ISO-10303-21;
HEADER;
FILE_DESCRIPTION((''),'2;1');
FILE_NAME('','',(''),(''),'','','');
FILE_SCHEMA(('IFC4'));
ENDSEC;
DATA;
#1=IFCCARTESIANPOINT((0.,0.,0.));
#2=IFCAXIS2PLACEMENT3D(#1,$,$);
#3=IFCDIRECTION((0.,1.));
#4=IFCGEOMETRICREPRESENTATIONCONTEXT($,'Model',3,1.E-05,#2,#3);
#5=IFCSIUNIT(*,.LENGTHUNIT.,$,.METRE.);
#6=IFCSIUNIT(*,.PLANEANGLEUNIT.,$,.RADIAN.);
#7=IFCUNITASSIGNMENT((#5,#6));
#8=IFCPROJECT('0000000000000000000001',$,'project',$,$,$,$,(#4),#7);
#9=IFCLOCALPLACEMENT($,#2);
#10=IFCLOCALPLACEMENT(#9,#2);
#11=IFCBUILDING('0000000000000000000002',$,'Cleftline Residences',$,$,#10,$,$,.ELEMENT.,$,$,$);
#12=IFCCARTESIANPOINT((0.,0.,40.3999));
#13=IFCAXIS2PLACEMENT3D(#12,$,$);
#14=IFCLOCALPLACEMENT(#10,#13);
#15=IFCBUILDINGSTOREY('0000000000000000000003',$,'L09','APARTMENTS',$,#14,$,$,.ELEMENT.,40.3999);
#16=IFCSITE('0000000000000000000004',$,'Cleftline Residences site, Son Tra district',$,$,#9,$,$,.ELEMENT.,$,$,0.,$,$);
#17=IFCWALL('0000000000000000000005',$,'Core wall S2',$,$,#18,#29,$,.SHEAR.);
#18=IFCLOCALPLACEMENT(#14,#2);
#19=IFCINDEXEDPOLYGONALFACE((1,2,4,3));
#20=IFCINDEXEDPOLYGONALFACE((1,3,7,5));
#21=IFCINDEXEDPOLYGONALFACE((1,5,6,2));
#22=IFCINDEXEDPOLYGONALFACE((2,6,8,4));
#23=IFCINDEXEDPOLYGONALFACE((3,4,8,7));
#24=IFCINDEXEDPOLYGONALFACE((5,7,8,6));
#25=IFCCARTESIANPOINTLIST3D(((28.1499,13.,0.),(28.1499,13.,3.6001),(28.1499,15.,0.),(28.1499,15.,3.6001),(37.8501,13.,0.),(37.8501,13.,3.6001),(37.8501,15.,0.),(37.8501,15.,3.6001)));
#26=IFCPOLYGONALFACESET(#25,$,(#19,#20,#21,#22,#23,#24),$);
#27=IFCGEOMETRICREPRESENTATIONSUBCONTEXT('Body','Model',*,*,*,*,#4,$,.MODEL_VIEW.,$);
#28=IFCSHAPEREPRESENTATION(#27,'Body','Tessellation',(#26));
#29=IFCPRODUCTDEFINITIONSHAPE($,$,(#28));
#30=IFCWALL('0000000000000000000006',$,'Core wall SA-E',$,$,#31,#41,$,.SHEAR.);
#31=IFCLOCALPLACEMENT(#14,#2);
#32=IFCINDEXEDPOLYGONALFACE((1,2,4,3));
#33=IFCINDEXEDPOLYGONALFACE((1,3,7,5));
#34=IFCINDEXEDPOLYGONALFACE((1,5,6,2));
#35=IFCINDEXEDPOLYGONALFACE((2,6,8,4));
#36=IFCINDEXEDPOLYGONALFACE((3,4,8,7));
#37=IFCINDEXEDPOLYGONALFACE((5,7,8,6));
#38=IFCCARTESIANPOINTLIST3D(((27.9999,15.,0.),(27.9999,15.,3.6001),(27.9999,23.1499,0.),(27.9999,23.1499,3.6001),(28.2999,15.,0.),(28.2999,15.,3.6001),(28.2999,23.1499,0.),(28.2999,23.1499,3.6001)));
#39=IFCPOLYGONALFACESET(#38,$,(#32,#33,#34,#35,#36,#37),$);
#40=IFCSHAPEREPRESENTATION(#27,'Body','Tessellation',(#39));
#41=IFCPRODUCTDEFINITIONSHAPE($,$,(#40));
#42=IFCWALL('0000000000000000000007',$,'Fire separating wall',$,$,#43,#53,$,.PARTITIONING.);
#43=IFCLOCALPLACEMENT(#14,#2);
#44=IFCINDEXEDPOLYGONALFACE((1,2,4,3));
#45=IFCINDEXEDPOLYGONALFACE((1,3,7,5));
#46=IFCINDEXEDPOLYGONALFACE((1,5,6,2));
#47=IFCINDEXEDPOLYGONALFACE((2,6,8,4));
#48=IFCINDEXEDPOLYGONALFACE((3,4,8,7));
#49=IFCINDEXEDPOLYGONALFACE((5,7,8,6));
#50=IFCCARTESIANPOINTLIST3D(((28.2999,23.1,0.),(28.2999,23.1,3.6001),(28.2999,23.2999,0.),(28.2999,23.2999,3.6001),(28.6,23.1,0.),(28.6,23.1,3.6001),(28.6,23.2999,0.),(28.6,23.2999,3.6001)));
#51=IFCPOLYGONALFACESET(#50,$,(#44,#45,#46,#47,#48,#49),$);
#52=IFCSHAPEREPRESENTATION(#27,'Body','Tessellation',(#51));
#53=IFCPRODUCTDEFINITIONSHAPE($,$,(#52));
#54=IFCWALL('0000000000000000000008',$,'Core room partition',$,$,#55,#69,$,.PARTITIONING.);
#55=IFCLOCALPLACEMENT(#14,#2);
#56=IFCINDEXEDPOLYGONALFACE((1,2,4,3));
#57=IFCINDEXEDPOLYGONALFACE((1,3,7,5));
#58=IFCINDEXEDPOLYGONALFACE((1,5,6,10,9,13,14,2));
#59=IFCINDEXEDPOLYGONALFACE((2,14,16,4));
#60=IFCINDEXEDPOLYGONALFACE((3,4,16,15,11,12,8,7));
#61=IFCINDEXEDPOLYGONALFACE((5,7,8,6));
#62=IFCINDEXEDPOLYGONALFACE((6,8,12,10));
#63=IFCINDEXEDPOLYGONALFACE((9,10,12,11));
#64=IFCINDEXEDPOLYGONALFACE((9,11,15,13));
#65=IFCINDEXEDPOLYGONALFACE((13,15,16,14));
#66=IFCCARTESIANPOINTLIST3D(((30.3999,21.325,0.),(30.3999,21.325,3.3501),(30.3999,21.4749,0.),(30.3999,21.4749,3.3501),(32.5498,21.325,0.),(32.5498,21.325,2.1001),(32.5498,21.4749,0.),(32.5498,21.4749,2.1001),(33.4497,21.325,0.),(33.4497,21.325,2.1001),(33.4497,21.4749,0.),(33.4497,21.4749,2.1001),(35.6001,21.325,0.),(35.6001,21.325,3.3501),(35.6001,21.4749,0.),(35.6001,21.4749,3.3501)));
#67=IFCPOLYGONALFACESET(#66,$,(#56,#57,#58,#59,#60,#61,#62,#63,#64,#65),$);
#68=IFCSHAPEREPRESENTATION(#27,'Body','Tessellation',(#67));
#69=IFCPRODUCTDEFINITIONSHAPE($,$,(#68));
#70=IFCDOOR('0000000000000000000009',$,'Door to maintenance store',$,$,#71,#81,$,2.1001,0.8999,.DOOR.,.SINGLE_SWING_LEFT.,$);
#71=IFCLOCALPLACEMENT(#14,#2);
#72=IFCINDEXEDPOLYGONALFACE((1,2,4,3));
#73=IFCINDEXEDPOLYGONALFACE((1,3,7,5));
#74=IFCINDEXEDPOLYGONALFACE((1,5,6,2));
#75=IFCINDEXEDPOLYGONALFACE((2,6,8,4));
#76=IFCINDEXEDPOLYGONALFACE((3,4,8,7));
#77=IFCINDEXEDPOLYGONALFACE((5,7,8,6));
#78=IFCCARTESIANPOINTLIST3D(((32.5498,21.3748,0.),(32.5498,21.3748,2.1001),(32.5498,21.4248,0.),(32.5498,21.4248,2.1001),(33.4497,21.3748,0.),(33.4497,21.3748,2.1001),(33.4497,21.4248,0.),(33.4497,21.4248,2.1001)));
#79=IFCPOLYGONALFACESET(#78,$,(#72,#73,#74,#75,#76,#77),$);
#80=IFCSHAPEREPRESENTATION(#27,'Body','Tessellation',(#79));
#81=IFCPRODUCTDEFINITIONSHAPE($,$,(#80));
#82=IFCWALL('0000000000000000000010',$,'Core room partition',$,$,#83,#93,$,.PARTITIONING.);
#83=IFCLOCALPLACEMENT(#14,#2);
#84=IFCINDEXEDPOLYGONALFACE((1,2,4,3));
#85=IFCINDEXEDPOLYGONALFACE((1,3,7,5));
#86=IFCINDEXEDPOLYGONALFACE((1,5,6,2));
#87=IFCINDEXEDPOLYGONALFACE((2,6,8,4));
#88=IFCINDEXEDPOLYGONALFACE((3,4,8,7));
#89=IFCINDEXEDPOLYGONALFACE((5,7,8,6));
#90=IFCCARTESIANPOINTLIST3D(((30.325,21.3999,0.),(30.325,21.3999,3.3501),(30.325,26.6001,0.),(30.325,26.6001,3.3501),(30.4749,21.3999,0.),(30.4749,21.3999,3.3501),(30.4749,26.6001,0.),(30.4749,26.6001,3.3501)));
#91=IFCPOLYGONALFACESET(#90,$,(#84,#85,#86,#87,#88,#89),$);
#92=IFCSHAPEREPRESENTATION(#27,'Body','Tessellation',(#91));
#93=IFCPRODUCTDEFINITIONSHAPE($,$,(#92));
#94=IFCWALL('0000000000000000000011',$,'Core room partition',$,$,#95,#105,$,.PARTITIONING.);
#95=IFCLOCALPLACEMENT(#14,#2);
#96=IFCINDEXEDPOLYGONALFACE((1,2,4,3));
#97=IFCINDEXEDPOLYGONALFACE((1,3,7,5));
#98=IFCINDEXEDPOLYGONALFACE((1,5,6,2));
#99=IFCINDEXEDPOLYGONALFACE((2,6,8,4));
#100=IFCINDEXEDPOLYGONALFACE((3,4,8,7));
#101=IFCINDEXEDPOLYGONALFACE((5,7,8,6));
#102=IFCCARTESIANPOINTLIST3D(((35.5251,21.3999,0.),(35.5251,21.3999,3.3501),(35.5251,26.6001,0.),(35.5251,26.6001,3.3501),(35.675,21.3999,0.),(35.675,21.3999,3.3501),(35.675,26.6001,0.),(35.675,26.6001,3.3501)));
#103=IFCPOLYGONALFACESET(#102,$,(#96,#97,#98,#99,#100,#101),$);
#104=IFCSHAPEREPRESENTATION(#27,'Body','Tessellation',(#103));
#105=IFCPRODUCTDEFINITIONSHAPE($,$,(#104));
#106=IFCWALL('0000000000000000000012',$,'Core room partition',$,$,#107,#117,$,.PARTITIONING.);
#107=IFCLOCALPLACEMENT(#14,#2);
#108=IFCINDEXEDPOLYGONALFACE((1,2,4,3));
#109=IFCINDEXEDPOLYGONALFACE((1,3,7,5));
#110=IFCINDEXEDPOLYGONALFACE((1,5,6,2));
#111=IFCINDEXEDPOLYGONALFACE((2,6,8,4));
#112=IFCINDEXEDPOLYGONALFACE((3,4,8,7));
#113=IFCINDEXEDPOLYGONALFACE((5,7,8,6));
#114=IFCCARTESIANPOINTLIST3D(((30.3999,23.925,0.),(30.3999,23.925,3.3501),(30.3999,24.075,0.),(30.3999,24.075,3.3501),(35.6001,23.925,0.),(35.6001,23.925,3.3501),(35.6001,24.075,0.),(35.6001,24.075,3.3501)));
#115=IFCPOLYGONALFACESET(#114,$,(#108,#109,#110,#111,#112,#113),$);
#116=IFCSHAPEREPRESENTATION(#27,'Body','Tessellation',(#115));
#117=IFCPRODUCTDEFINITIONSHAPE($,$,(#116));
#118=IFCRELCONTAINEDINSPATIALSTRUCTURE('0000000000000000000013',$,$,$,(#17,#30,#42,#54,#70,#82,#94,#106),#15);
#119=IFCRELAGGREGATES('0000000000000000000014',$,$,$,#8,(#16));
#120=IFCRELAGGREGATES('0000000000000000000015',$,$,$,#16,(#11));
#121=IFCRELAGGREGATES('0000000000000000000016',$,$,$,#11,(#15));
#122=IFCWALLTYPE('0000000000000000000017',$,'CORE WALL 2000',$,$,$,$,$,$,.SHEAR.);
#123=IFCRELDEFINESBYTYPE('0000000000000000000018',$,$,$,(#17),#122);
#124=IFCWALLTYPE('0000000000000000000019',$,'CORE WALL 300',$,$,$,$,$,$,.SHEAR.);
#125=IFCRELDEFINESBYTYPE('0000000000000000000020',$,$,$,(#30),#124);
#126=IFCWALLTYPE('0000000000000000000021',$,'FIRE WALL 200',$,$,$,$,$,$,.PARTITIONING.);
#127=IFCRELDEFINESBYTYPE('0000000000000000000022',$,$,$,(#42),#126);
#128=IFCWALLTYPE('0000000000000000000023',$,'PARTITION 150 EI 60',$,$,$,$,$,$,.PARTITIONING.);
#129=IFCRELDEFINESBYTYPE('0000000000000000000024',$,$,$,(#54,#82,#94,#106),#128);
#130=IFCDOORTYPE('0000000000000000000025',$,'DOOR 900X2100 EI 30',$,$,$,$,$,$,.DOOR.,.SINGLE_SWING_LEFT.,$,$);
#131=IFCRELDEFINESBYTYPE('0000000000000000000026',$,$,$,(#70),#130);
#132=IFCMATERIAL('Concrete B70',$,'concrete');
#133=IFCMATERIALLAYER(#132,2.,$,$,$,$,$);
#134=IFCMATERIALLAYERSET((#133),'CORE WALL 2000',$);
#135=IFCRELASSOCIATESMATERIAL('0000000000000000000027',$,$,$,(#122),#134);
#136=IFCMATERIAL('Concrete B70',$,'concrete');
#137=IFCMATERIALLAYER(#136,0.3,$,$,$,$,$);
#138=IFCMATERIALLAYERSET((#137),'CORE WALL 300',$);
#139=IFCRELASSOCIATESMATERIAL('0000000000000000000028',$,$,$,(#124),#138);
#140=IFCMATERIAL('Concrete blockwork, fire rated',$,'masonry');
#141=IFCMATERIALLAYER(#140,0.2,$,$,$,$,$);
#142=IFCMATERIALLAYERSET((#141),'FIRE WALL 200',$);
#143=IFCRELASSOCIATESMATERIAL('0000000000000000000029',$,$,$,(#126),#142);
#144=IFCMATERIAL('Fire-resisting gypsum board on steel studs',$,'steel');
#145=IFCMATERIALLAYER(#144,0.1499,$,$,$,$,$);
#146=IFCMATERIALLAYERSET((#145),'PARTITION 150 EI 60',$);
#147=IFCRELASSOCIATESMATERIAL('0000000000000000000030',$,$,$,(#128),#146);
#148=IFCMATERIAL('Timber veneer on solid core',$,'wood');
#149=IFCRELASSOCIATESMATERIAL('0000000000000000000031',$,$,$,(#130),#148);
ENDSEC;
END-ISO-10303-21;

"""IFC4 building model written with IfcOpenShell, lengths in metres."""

from ifc_helpers import new_model, si_unit, direction, frame, frame_2d, origin, place, context, subcontext, project, spatial, rectangle, extrude, material, layer, layer_set, type_object, element, fill, save


model = new_model("IFC4")

# Units and contexts
model_context = context("Model", 3, precision=1e-05, world=origin(), true_north=direction((0.0, 1.0)))
body_context = subcontext(model_context, "Body", "Model", "MODEL_VIEW")
ifc_project = project(units=[si_unit("LENGTHUNIT", "METRE"), si_unit("PLANEANGLEUNIT", "RADIAN")], contexts=[model_context])

# Site, building, storey
site_placement = place(None, origin())
site = spatial("IfcSite", under=ifc_project, at=site_placement, Name="Cleftline Residences site, Son Tra district", CompositionType="ELEMENT", RefElevation=0.0)
building_placement = place(site_placement, origin())
building = spatial("IfcBuilding", under=site, at=building_placement, Name="Cleftline Residences", CompositionType="ELEMENT")
storey_placement = place(building_placement, frame((0.0, 0.0, 40.3999)))
storey = spatial("IfcBuildingStorey", under=building, at=storey_placement, Name="L09", Description="APARTMENTS", CompositionType="ELEMENT", Elevation=40.3999)

# Walls
ifc_material_1 = material(Name="Concrete B70", Category="concrete")
ifc_layer_1 = layer(ifc_material_1, 2.0)
ifc_layer_set_1 = layer_set([ifc_layer_1], Name="CORE WALL 2000")
wall_type_1 = type_object("IfcWallType", Name="CORE WALL 2000", PredefinedType="SHEAR", material=ifc_layer_set_1)
wall_1_placement = place(storey_placement, frame((28.1499, 14.0, 0.0), z_axis=(0.0, 0.0, 1.0), x_axis=(1.0, 0.0, 0.0)))
element("IfcWall", 1, at=wall_1_placement, inside=storey, type_object=wall_type_1, Name="Core wall S2", PredefinedType="SHEAR", context=body_context, shape_type="SweptSolid", body=[
    extrude(rectangle(XDim=9.7002, YDim=2.0, at=frame_2d((4.8501, 0.0))), origin(), (0.0, 0.0, 1.0), 3.6001),
])
ifc_material_2 = material(Name="Concrete B70", Category="concrete")
ifc_layer_2 = layer(ifc_material_2, 0.3)
ifc_layer_set_2 = layer_set([ifc_layer_2], Name="CORE WALL 300")
wall_type_2 = type_object("IfcWallType", Name="CORE WALL 300", PredefinedType="SHEAR", material=ifc_layer_set_2)
wall_2_placement = place(storey_placement, frame((28.1499, 15.0, 0.0), z_axis=(0.0, 0.0, 1.0), x_axis=(0.0, 1.0, 0.0)))
element("IfcWall", 2, at=wall_2_placement, inside=storey, type_object=wall_type_2, Name="Core wall SA-E", PredefinedType="SHEAR", context=body_context, shape_type="SweptSolid", body=[
    extrude(rectangle(XDim=8.1499, YDim=0.3, at=frame_2d((4.075, 0.0))), origin(), (0.0, 0.0, 1.0), 3.6001),
])
ifc_material_3 = material(Name="Concrete blockwork, fire rated", Category="masonry")
ifc_layer_3 = layer(ifc_material_3, 0.2)
ifc_layer_set_3 = layer_set([ifc_layer_3], Name="FIRE WALL 200")
wall_type_3 = type_object("IfcWallType", Name="FIRE WALL 200", PredefinedType="PARTITIONING", material=ifc_layer_set_3)
wall_3_placement = place(storey_placement, frame((28.3, 23.2, 0.0), z_axis=(0.0, 0.0, 1.0), x_axis=(1.0, 0.0, 0.0)))
element("IfcWall", 3, at=wall_3_placement, inside=storey, type_object=wall_type_3, Name="Fire separating wall", PredefinedType="PARTITIONING", context=body_context, shape_type="SweptSolid", body=[
    extrude(rectangle(XDim=0.3, YDim=0.2, at=frame_2d((0.1499, 0.0))), origin(), (0.0, 0.0, 1.0), 3.6001),
])

# Wall, opening, door
ifc_material_4 = material(Name="Fire-resisting gypsum board on steel studs", Category="steel")
ifc_layer_4 = layer(ifc_material_4, 0.1499)
ifc_layer_set_4 = layer_set([ifc_layer_4], Name="PARTITION 150 EI 60")
wall_type_4 = type_object("IfcWallType", Name="PARTITION 150 EI 60", PredefinedType="PARTITIONING", material=ifc_layer_set_4)
wall_4_placement = place(storey_placement, frame((30.3999, 21.3999, 0.0), z_axis=(0.0, 0.0, 1.0), x_axis=(1.0, 0.0, 0.0)))
wall_4 = element("IfcWall", 4, at=wall_4_placement, inside=storey, type_object=wall_type_4, Name="Core room partition", PredefinedType="PARTITIONING", context=body_context, shape_type="SweptSolid", body=[
    extrude(rectangle(XDim=5.2002, YDim=0.1499, at=frame_2d((2.6001, 0.0))), origin(), (0.0, 0.0, 1.0), 3.3501),
])
opening_1_placement = place(wall_4_placement, frame((2.1499, 0.0, 0.0)))
opening_1 = element("IfcOpeningElement", 5, at=opening_1_placement, cuts=wall_4, PredefinedType="OPENING", context=body_context, shape_type="SweptSolid", body=[
    extrude(rectangle(XDim=0.8999, YDim=2.1001, at=frame_2d((0.45, 1.05))), frame((0.0, 0.085, 0.0), z_axis=(0.0, -1.0, 0.0), x_axis=(1.0, 0.0, 0.0)), (0.0, 0.0, 1.0), 0.1699),
])
ifc_material_5 = material(Name="Timber veneer on solid core", Category="wood")
door_type_1 = type_object("IfcDoorType", Name="DOOR 900X2100 EI 30", OperationType="SINGLE_SWING_LEFT", PredefinedType="DOOR", material=ifc_material_5)
door_1_placement = place(opening_1_placement, origin())
door_1 = element("IfcDoor", 6, at=door_1_placement, inside=storey, type_object=door_type_1, Name="Door to maintenance store", OperationType="SINGLE_SWING_LEFT", OverallHeight=2.1001, OverallWidth=0.8999, PredefinedType="DOOR", context=body_context, shape_type="SweptSolid", body=[
    extrude(rectangle(XDim=0.8999, YDim=2.1001, at=frame_2d((0.45, 1.05))), frame((0.0, 0.0249, 0.0), z_axis=(0.0, -1.0, 0.0), x_axis=(1.0, 0.0, 0.0)), (0.0, 0.0, 1.0), 0.05),
])
fill(opening_1, door_1)

# Walls
for number, where, z_axis, x_axis, name in (
    (7, (30.3999, 21.3999, 0.0), (0.0, 0.0, 1.0), (0.0, 1.0, 0.0), "Core room partition"),
    (8, (35.6001, 21.3999, 0.0), (0.0, 0.0, 1.0), (0.0, 1.0, 0.0), "Core room partition"),
    (9, (30.3999, 24.0, 0.0), (0.0, 0.0, 1.0), (1.0, 0.0, 0.0), "Core room partition"),
):
    element("IfcWall", number, at=place(storey_placement, frame(where, z_axis=z_axis, x_axis=x_axis)), inside=storey, type_object=wall_type_4, Name=name, PredefinedType="PARTITIONING", context=body_context, shape_type="SweptSolid", body=[
        extrude(rectangle(XDim=5.2002, YDim=0.1499, at=frame_2d((2.6001, 0.0))), origin(), (0.0, 0.0, 1.0), 3.3501),
    ])

save(model, "model.ifc")
